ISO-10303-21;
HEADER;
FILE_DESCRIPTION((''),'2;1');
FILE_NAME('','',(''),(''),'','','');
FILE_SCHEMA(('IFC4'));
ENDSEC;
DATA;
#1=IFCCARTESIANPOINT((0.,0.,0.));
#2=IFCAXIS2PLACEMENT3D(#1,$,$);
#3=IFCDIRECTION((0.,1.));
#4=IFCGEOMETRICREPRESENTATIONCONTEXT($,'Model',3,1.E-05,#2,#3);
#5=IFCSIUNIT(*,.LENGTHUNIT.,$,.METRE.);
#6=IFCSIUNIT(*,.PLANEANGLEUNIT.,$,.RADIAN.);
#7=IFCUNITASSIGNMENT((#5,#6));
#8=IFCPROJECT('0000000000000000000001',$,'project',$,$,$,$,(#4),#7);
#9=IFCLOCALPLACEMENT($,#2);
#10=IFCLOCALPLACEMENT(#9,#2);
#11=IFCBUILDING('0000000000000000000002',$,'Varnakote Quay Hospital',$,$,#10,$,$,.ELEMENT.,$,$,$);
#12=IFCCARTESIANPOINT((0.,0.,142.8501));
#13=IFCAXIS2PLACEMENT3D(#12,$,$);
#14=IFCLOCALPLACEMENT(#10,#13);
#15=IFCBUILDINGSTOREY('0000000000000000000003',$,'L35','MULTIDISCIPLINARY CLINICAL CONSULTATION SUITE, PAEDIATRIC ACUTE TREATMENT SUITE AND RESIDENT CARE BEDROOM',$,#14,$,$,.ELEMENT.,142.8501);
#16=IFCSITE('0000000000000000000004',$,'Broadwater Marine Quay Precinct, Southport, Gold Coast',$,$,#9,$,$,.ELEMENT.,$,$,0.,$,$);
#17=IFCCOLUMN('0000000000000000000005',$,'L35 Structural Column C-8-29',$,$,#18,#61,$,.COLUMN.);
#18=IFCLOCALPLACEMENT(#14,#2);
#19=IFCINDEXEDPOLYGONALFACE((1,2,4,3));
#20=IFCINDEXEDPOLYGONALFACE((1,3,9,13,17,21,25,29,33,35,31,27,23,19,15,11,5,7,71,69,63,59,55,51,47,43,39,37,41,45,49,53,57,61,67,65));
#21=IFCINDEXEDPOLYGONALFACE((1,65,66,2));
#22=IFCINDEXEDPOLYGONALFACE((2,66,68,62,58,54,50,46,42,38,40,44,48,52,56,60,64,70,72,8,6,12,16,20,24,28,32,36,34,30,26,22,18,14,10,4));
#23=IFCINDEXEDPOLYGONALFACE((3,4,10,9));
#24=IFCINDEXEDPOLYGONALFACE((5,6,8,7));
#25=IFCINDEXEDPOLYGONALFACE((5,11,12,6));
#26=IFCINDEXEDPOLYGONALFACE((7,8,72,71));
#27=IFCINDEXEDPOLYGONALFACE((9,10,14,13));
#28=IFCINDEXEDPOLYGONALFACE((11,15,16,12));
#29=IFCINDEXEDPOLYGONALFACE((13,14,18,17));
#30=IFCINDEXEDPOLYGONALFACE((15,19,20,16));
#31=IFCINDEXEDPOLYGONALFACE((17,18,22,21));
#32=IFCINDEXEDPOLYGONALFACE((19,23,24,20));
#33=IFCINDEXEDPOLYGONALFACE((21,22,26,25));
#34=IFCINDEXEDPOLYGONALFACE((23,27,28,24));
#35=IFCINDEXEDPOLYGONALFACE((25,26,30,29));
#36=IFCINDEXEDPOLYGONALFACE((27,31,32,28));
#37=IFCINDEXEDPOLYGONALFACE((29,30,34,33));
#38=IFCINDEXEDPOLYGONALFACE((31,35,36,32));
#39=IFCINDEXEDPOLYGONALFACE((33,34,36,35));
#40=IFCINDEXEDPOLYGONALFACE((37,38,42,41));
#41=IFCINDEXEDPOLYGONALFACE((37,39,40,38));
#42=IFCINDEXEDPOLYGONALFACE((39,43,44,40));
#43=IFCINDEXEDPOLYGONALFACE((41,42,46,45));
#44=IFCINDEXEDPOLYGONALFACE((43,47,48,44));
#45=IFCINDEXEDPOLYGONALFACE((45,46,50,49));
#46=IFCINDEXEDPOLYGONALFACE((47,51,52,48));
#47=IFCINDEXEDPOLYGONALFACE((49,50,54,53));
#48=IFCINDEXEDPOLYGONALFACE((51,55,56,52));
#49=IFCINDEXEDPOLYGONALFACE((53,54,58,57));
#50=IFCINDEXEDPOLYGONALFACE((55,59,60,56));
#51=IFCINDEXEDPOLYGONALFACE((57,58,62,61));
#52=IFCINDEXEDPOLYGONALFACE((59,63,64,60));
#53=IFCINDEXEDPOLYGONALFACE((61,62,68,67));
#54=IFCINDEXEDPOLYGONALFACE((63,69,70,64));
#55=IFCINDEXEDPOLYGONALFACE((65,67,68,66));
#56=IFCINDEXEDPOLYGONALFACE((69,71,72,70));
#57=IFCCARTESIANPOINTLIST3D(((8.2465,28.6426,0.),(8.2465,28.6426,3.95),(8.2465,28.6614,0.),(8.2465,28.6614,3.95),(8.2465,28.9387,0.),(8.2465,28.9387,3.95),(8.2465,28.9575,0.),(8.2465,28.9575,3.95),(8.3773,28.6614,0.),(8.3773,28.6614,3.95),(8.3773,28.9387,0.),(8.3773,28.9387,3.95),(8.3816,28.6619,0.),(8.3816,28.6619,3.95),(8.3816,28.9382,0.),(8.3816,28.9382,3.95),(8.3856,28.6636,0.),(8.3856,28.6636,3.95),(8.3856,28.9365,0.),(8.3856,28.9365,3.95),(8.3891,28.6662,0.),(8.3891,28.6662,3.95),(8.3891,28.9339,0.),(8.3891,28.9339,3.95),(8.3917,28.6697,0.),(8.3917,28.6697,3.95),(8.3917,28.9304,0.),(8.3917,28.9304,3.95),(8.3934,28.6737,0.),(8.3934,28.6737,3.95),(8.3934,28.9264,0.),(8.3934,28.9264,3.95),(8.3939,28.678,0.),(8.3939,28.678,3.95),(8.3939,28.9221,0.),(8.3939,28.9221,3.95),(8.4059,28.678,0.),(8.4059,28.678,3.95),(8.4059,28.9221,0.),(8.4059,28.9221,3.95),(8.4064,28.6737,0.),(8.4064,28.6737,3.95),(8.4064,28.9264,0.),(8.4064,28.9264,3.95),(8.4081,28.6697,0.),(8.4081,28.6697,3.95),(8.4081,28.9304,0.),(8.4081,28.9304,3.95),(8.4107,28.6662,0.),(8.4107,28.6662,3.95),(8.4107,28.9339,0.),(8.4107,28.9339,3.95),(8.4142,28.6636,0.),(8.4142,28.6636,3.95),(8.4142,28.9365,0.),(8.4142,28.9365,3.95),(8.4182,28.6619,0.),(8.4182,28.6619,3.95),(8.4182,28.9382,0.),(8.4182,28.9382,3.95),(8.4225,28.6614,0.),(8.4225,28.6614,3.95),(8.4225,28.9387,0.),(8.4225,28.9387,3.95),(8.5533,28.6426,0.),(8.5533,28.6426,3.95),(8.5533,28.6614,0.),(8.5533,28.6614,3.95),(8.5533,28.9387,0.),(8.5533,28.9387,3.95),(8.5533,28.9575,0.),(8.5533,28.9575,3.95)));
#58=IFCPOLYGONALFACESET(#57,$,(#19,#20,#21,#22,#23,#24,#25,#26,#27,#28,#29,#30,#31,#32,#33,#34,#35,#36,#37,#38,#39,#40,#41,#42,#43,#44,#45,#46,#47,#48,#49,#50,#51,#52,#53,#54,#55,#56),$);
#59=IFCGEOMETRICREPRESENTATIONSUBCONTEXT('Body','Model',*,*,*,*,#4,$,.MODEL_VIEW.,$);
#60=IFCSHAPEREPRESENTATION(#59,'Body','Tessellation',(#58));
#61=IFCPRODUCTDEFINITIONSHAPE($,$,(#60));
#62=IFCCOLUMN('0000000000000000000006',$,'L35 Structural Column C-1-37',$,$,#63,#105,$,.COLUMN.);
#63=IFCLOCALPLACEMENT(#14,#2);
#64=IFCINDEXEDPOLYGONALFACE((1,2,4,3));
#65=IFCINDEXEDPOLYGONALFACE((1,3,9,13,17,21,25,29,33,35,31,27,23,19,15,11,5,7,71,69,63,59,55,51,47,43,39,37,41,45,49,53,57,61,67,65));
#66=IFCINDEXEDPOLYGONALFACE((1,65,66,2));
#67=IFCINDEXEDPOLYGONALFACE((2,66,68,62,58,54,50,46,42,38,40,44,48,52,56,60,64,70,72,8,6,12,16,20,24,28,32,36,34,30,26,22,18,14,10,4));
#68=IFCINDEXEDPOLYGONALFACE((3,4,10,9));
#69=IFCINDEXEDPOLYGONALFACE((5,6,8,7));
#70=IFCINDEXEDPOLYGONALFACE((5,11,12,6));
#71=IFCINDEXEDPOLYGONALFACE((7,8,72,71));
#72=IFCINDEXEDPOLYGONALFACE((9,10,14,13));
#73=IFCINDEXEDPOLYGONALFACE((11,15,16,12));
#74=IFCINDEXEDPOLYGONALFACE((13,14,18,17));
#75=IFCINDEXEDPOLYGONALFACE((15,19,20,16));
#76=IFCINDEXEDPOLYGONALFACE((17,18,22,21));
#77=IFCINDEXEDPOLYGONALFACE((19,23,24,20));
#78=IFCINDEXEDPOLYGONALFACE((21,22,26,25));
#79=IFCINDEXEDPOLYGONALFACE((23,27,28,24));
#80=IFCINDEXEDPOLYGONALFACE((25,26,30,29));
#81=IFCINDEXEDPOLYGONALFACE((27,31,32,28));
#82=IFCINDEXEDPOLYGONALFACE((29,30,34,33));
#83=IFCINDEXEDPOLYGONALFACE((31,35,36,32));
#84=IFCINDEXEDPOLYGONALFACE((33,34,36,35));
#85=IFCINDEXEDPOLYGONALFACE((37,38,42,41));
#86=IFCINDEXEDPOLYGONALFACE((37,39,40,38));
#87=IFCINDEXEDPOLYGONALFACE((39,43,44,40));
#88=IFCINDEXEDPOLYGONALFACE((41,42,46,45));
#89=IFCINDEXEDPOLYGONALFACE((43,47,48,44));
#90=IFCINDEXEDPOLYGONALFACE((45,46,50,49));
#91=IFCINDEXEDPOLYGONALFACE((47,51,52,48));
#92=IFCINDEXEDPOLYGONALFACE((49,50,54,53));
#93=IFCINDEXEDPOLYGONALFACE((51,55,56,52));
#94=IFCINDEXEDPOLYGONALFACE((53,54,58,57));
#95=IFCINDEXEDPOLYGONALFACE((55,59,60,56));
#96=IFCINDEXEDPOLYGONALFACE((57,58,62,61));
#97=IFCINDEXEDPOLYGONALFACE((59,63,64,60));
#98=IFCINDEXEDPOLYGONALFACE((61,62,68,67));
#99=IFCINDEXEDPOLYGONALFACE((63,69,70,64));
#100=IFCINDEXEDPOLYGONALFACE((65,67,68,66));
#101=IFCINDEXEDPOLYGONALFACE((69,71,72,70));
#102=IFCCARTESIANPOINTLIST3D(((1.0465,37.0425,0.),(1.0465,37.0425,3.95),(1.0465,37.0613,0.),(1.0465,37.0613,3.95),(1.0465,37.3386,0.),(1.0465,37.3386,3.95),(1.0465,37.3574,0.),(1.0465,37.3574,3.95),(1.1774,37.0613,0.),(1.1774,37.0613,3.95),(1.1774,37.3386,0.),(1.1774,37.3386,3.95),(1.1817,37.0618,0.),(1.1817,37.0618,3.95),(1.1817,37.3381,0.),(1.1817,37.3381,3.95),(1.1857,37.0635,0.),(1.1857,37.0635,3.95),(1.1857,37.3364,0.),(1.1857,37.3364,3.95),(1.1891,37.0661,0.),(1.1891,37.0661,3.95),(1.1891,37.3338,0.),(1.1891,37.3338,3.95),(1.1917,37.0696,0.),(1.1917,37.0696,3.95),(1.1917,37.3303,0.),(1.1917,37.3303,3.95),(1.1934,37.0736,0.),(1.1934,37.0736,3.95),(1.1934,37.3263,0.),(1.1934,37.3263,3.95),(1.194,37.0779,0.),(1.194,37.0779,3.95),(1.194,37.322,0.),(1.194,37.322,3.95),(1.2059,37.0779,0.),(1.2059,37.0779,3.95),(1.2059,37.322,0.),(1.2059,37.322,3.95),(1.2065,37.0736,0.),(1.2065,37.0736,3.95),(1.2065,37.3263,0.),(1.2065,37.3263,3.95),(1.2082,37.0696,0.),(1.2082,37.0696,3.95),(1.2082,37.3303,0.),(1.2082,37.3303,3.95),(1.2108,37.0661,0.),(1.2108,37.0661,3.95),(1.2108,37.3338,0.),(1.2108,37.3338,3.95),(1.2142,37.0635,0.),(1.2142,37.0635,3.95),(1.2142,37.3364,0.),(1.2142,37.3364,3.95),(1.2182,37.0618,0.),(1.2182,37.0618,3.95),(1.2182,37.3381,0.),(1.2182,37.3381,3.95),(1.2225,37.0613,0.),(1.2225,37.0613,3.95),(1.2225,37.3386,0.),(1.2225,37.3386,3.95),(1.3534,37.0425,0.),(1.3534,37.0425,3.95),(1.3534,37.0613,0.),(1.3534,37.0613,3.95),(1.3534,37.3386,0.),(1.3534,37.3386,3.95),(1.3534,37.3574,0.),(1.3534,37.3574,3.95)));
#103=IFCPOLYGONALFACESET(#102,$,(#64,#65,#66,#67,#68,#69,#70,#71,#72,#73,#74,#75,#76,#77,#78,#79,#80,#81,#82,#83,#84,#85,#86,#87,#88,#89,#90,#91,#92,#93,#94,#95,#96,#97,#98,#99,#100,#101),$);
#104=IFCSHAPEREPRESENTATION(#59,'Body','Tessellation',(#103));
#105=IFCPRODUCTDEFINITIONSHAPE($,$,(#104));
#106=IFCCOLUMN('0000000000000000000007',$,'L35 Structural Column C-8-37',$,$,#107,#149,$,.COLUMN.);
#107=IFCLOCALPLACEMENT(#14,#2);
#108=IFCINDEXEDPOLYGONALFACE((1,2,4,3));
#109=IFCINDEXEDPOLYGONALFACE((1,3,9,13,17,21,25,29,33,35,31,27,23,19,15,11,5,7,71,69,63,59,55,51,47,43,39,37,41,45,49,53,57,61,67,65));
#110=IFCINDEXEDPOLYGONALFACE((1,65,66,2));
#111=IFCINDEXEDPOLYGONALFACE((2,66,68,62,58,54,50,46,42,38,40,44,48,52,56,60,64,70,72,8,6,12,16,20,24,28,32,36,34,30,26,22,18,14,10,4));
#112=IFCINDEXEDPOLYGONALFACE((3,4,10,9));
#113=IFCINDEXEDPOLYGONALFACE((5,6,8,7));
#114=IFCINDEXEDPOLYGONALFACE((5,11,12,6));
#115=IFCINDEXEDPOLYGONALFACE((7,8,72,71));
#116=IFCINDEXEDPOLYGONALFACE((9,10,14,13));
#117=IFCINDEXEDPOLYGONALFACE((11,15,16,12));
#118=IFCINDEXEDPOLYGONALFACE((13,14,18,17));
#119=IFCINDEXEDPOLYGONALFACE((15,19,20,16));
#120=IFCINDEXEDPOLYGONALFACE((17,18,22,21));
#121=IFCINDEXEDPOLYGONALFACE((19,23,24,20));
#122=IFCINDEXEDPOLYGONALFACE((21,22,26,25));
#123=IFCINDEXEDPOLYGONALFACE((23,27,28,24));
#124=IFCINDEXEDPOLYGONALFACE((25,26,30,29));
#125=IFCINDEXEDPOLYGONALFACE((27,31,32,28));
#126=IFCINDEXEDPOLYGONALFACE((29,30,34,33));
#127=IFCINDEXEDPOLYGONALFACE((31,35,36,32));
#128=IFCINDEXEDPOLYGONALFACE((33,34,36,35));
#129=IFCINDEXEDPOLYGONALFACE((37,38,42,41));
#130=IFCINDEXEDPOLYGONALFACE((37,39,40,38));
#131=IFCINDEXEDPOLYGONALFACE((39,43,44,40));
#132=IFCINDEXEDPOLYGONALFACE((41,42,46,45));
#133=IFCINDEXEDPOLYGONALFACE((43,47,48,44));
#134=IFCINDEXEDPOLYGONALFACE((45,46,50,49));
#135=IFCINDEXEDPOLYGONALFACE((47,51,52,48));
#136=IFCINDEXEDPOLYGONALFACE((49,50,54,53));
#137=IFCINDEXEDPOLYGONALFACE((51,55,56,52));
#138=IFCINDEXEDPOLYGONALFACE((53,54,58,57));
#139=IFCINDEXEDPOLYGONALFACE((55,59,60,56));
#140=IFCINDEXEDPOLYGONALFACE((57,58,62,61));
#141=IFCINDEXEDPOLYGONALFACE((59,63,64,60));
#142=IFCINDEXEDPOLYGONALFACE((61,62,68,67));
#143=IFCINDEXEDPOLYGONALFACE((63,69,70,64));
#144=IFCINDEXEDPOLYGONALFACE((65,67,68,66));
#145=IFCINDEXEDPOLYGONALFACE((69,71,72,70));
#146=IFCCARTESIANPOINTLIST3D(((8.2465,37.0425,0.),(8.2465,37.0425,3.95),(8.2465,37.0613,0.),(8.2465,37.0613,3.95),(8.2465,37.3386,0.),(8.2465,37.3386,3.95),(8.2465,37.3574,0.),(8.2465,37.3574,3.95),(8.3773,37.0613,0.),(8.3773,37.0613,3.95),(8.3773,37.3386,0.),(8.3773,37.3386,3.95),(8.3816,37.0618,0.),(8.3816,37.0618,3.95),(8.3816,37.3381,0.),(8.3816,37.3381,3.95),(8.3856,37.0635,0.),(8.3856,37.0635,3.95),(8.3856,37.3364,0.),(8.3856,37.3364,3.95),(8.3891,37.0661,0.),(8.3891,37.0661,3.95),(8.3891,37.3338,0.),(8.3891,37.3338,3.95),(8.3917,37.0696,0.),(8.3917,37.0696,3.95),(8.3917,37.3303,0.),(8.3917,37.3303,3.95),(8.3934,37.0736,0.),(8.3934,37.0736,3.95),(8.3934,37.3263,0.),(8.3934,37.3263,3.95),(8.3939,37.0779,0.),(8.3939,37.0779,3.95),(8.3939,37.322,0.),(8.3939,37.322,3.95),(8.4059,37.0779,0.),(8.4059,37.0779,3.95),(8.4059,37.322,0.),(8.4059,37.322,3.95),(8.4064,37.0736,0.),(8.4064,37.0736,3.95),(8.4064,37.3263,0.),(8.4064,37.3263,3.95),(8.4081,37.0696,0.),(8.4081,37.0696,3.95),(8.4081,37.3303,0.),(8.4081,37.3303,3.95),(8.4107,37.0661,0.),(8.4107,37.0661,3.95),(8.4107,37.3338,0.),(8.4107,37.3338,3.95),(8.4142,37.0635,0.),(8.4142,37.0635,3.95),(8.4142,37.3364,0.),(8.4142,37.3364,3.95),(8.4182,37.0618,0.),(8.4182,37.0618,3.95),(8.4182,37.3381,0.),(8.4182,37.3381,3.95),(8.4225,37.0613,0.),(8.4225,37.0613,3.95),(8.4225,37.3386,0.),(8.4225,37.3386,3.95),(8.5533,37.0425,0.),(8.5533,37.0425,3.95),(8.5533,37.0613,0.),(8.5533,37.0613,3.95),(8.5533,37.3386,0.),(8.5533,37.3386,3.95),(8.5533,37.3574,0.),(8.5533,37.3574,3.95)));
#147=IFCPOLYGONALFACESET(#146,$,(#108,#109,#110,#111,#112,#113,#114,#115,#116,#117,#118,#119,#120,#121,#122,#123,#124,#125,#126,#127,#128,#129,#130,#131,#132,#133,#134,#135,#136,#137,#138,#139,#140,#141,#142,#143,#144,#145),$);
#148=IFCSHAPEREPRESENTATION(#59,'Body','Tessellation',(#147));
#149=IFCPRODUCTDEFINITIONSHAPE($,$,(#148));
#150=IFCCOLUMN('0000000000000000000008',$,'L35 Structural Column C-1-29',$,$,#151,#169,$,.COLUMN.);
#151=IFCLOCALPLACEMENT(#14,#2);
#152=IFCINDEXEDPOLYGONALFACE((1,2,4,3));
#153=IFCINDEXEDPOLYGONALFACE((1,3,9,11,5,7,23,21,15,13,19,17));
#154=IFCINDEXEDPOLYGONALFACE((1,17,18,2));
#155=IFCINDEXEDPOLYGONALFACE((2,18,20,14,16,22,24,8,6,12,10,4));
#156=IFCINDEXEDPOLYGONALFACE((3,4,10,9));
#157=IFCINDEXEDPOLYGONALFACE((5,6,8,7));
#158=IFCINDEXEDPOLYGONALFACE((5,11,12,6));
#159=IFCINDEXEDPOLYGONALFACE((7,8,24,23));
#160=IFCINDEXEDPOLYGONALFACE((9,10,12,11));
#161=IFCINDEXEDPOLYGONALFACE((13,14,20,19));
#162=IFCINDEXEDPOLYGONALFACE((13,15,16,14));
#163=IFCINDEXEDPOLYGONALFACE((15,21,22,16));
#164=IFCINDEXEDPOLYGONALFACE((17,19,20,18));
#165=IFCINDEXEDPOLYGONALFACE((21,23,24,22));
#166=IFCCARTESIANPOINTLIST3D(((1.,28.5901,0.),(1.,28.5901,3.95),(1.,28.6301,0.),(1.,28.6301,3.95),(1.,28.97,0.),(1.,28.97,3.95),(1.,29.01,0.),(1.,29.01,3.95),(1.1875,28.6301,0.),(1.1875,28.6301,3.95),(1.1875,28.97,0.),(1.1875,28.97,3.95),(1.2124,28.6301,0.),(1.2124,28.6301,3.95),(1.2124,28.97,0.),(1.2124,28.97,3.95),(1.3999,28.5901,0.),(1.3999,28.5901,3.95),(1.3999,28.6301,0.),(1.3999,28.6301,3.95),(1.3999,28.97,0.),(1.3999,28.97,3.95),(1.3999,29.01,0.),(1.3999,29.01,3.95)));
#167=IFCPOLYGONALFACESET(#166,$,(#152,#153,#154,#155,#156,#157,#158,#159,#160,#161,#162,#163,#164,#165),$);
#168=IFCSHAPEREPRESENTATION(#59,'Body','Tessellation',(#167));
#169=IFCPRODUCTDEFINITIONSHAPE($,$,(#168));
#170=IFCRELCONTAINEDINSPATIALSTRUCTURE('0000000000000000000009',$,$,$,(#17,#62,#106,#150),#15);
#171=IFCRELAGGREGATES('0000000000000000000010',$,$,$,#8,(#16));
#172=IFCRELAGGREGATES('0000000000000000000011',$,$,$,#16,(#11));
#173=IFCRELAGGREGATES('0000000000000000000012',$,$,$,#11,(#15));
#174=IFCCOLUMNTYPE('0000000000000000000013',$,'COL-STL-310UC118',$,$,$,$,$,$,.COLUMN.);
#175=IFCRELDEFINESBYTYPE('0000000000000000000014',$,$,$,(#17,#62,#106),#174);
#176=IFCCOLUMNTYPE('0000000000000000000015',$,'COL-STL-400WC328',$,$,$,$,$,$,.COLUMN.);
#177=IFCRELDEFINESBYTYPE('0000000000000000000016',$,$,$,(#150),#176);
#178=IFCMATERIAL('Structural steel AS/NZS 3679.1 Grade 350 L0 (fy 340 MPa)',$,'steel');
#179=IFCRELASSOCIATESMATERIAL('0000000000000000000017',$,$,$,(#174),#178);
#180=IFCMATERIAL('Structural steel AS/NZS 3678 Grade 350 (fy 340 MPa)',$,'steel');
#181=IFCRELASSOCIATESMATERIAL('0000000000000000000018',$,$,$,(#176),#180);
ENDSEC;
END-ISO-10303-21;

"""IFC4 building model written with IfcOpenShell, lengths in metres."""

from ifc_helpers import new_model, si_unit, direction, frame, origin, origin_2d, place, context, subcontext, project, spatial, i_section, extrude, material, material_profile, profile_set, type_object, element, save


model = new_model("IFC4")

# Units and contexts
model_context = context("Model", 3, precision=1e-05, world=origin(), true_north=direction((0.0, 1.0)))
body_context = subcontext(model_context, "Body", "Model", "MODEL_VIEW")
ifc_project = project(units=[si_unit("LENGTHUNIT", "METRE"), si_unit("PLANEANGLEUNIT", "RADIAN")], contexts=[model_context])

# Site, building, storey
site_placement = place(None, origin())
site = spatial("IfcSite", under=ifc_project, at=site_placement, Name="Broadwater Marine Quay Precinct, Southport, Gold Coast", CompositionType="ELEMENT", RefElevation=0.0)
building_placement = place(site_placement, origin())
building = spatial("IfcBuilding", under=site, at=building_placement, Name="Varnakote Quay Hospital", CompositionType="ELEMENT")
storey_placement = place(building_placement, frame((0.0, 0.0, 142.8501)))
storey = spatial("IfcBuildingStorey", under=building, at=storey_placement, Name="L35", Description="MULTIDISCIPLINARY CLINICAL CONSULTATION SUITE, PAEDIATRIC ACUTE TREATMENT SUITE AND RESIDENT CARE BEDROOM", CompositionType="ELEMENT", Elevation=142.8501)

# Columns
ifc_material_1 = material(Name="Structural steel AS/NZS 3679.1 Grade 350 L0 (fy 340 MPa)", Category="steel")
ifc_material_profile_1 = material_profile(ifc_material_1, i_section(OverallWidth=0.3069, OverallDepth=0.3149, WebThickness=0.012, FlangeThickness=0.0188, FilletRadius=0.0166, at=origin_2d()), Name="310UC118")
ifc_profile_set_1 = profile_set([ifc_material_profile_1], Name="Structural steel AS/NZS 3679.1 Grade 350 L0 (fy 340 MPa)")
column_type_1 = type_object("IfcColumnType", Name="COL-STL-310UC118", PredefinedType="COLUMN", material=ifc_profile_set_1)
for number, where, z_axis, x_axis, name in (
    (1, (8.3999, 28.8, 0.0), (0.0, 0.0, 1.0), (1.0, 0.0, 0.0), "L35 Structural Column C-8-29"),
    (2, (1.2, 37.2, 0.0), (0.0, 0.0, 1.0), (1.0, 0.0, 0.0), "L35 Structural Column C-1-37"),
    (3, (8.3999, 37.2, 0.0), (0.0, 0.0, 1.0), (1.0, 0.0, 0.0), "L35 Structural Column C-8-37"),
):
    element("IfcColumn", number, at=place(storey_placement, frame(where, z_axis=z_axis, x_axis=x_axis)), inside=storey, type_object=column_type_1, Name=name, PredefinedType="COLUMN", context=body_context, shape_type="SweptSolid", body=[
        extrude(i_section(OverallWidth=0.3069, OverallDepth=0.3149, WebThickness=0.012, FlangeThickness=0.0188, FilletRadius=0.0166, at=origin_2d()), origin(), (0.0, 0.0, 1.0), 3.95),
    ])
ifc_material_2 = material(Name="Structural steel AS/NZS 3678 Grade 350 (fy 340 MPa)", Category="steel")
ifc_material_profile_2 = material_profile(ifc_material_2, i_section(OverallWidth=0.3999, OverallDepth=0.4199, WebThickness=0.0249, FlangeThickness=0.04, at=origin_2d()), Name="400WC328")
ifc_profile_set_2 = profile_set([ifc_material_profile_2], Name="Structural steel AS/NZS 3678 Grade 350 (fy 340 MPa)")
column_type_2 = type_object("IfcColumnType", Name="COL-STL-400WC328", PredefinedType="COLUMN", material=ifc_profile_set_2)
column_placement = place(storey_placement, frame((1.2, 28.8, 0.0), z_axis=(0.0, 0.0, 1.0), x_axis=(1.0, 0.0, 0.0)))
element("IfcColumn", 4, at=column_placement, inside=storey, type_object=column_type_2, Name="L35 Structural Column C-1-29", PredefinedType="COLUMN", context=body_context, shape_type="SweptSolid", body=[
    extrude(i_section(OverallWidth=0.3999, OverallDepth=0.4199, WebThickness=0.0249, FlangeThickness=0.04, at=origin_2d()), origin(), (0.0, 0.0, 1.0), 3.95),
])

save(model, "model.ifc")
